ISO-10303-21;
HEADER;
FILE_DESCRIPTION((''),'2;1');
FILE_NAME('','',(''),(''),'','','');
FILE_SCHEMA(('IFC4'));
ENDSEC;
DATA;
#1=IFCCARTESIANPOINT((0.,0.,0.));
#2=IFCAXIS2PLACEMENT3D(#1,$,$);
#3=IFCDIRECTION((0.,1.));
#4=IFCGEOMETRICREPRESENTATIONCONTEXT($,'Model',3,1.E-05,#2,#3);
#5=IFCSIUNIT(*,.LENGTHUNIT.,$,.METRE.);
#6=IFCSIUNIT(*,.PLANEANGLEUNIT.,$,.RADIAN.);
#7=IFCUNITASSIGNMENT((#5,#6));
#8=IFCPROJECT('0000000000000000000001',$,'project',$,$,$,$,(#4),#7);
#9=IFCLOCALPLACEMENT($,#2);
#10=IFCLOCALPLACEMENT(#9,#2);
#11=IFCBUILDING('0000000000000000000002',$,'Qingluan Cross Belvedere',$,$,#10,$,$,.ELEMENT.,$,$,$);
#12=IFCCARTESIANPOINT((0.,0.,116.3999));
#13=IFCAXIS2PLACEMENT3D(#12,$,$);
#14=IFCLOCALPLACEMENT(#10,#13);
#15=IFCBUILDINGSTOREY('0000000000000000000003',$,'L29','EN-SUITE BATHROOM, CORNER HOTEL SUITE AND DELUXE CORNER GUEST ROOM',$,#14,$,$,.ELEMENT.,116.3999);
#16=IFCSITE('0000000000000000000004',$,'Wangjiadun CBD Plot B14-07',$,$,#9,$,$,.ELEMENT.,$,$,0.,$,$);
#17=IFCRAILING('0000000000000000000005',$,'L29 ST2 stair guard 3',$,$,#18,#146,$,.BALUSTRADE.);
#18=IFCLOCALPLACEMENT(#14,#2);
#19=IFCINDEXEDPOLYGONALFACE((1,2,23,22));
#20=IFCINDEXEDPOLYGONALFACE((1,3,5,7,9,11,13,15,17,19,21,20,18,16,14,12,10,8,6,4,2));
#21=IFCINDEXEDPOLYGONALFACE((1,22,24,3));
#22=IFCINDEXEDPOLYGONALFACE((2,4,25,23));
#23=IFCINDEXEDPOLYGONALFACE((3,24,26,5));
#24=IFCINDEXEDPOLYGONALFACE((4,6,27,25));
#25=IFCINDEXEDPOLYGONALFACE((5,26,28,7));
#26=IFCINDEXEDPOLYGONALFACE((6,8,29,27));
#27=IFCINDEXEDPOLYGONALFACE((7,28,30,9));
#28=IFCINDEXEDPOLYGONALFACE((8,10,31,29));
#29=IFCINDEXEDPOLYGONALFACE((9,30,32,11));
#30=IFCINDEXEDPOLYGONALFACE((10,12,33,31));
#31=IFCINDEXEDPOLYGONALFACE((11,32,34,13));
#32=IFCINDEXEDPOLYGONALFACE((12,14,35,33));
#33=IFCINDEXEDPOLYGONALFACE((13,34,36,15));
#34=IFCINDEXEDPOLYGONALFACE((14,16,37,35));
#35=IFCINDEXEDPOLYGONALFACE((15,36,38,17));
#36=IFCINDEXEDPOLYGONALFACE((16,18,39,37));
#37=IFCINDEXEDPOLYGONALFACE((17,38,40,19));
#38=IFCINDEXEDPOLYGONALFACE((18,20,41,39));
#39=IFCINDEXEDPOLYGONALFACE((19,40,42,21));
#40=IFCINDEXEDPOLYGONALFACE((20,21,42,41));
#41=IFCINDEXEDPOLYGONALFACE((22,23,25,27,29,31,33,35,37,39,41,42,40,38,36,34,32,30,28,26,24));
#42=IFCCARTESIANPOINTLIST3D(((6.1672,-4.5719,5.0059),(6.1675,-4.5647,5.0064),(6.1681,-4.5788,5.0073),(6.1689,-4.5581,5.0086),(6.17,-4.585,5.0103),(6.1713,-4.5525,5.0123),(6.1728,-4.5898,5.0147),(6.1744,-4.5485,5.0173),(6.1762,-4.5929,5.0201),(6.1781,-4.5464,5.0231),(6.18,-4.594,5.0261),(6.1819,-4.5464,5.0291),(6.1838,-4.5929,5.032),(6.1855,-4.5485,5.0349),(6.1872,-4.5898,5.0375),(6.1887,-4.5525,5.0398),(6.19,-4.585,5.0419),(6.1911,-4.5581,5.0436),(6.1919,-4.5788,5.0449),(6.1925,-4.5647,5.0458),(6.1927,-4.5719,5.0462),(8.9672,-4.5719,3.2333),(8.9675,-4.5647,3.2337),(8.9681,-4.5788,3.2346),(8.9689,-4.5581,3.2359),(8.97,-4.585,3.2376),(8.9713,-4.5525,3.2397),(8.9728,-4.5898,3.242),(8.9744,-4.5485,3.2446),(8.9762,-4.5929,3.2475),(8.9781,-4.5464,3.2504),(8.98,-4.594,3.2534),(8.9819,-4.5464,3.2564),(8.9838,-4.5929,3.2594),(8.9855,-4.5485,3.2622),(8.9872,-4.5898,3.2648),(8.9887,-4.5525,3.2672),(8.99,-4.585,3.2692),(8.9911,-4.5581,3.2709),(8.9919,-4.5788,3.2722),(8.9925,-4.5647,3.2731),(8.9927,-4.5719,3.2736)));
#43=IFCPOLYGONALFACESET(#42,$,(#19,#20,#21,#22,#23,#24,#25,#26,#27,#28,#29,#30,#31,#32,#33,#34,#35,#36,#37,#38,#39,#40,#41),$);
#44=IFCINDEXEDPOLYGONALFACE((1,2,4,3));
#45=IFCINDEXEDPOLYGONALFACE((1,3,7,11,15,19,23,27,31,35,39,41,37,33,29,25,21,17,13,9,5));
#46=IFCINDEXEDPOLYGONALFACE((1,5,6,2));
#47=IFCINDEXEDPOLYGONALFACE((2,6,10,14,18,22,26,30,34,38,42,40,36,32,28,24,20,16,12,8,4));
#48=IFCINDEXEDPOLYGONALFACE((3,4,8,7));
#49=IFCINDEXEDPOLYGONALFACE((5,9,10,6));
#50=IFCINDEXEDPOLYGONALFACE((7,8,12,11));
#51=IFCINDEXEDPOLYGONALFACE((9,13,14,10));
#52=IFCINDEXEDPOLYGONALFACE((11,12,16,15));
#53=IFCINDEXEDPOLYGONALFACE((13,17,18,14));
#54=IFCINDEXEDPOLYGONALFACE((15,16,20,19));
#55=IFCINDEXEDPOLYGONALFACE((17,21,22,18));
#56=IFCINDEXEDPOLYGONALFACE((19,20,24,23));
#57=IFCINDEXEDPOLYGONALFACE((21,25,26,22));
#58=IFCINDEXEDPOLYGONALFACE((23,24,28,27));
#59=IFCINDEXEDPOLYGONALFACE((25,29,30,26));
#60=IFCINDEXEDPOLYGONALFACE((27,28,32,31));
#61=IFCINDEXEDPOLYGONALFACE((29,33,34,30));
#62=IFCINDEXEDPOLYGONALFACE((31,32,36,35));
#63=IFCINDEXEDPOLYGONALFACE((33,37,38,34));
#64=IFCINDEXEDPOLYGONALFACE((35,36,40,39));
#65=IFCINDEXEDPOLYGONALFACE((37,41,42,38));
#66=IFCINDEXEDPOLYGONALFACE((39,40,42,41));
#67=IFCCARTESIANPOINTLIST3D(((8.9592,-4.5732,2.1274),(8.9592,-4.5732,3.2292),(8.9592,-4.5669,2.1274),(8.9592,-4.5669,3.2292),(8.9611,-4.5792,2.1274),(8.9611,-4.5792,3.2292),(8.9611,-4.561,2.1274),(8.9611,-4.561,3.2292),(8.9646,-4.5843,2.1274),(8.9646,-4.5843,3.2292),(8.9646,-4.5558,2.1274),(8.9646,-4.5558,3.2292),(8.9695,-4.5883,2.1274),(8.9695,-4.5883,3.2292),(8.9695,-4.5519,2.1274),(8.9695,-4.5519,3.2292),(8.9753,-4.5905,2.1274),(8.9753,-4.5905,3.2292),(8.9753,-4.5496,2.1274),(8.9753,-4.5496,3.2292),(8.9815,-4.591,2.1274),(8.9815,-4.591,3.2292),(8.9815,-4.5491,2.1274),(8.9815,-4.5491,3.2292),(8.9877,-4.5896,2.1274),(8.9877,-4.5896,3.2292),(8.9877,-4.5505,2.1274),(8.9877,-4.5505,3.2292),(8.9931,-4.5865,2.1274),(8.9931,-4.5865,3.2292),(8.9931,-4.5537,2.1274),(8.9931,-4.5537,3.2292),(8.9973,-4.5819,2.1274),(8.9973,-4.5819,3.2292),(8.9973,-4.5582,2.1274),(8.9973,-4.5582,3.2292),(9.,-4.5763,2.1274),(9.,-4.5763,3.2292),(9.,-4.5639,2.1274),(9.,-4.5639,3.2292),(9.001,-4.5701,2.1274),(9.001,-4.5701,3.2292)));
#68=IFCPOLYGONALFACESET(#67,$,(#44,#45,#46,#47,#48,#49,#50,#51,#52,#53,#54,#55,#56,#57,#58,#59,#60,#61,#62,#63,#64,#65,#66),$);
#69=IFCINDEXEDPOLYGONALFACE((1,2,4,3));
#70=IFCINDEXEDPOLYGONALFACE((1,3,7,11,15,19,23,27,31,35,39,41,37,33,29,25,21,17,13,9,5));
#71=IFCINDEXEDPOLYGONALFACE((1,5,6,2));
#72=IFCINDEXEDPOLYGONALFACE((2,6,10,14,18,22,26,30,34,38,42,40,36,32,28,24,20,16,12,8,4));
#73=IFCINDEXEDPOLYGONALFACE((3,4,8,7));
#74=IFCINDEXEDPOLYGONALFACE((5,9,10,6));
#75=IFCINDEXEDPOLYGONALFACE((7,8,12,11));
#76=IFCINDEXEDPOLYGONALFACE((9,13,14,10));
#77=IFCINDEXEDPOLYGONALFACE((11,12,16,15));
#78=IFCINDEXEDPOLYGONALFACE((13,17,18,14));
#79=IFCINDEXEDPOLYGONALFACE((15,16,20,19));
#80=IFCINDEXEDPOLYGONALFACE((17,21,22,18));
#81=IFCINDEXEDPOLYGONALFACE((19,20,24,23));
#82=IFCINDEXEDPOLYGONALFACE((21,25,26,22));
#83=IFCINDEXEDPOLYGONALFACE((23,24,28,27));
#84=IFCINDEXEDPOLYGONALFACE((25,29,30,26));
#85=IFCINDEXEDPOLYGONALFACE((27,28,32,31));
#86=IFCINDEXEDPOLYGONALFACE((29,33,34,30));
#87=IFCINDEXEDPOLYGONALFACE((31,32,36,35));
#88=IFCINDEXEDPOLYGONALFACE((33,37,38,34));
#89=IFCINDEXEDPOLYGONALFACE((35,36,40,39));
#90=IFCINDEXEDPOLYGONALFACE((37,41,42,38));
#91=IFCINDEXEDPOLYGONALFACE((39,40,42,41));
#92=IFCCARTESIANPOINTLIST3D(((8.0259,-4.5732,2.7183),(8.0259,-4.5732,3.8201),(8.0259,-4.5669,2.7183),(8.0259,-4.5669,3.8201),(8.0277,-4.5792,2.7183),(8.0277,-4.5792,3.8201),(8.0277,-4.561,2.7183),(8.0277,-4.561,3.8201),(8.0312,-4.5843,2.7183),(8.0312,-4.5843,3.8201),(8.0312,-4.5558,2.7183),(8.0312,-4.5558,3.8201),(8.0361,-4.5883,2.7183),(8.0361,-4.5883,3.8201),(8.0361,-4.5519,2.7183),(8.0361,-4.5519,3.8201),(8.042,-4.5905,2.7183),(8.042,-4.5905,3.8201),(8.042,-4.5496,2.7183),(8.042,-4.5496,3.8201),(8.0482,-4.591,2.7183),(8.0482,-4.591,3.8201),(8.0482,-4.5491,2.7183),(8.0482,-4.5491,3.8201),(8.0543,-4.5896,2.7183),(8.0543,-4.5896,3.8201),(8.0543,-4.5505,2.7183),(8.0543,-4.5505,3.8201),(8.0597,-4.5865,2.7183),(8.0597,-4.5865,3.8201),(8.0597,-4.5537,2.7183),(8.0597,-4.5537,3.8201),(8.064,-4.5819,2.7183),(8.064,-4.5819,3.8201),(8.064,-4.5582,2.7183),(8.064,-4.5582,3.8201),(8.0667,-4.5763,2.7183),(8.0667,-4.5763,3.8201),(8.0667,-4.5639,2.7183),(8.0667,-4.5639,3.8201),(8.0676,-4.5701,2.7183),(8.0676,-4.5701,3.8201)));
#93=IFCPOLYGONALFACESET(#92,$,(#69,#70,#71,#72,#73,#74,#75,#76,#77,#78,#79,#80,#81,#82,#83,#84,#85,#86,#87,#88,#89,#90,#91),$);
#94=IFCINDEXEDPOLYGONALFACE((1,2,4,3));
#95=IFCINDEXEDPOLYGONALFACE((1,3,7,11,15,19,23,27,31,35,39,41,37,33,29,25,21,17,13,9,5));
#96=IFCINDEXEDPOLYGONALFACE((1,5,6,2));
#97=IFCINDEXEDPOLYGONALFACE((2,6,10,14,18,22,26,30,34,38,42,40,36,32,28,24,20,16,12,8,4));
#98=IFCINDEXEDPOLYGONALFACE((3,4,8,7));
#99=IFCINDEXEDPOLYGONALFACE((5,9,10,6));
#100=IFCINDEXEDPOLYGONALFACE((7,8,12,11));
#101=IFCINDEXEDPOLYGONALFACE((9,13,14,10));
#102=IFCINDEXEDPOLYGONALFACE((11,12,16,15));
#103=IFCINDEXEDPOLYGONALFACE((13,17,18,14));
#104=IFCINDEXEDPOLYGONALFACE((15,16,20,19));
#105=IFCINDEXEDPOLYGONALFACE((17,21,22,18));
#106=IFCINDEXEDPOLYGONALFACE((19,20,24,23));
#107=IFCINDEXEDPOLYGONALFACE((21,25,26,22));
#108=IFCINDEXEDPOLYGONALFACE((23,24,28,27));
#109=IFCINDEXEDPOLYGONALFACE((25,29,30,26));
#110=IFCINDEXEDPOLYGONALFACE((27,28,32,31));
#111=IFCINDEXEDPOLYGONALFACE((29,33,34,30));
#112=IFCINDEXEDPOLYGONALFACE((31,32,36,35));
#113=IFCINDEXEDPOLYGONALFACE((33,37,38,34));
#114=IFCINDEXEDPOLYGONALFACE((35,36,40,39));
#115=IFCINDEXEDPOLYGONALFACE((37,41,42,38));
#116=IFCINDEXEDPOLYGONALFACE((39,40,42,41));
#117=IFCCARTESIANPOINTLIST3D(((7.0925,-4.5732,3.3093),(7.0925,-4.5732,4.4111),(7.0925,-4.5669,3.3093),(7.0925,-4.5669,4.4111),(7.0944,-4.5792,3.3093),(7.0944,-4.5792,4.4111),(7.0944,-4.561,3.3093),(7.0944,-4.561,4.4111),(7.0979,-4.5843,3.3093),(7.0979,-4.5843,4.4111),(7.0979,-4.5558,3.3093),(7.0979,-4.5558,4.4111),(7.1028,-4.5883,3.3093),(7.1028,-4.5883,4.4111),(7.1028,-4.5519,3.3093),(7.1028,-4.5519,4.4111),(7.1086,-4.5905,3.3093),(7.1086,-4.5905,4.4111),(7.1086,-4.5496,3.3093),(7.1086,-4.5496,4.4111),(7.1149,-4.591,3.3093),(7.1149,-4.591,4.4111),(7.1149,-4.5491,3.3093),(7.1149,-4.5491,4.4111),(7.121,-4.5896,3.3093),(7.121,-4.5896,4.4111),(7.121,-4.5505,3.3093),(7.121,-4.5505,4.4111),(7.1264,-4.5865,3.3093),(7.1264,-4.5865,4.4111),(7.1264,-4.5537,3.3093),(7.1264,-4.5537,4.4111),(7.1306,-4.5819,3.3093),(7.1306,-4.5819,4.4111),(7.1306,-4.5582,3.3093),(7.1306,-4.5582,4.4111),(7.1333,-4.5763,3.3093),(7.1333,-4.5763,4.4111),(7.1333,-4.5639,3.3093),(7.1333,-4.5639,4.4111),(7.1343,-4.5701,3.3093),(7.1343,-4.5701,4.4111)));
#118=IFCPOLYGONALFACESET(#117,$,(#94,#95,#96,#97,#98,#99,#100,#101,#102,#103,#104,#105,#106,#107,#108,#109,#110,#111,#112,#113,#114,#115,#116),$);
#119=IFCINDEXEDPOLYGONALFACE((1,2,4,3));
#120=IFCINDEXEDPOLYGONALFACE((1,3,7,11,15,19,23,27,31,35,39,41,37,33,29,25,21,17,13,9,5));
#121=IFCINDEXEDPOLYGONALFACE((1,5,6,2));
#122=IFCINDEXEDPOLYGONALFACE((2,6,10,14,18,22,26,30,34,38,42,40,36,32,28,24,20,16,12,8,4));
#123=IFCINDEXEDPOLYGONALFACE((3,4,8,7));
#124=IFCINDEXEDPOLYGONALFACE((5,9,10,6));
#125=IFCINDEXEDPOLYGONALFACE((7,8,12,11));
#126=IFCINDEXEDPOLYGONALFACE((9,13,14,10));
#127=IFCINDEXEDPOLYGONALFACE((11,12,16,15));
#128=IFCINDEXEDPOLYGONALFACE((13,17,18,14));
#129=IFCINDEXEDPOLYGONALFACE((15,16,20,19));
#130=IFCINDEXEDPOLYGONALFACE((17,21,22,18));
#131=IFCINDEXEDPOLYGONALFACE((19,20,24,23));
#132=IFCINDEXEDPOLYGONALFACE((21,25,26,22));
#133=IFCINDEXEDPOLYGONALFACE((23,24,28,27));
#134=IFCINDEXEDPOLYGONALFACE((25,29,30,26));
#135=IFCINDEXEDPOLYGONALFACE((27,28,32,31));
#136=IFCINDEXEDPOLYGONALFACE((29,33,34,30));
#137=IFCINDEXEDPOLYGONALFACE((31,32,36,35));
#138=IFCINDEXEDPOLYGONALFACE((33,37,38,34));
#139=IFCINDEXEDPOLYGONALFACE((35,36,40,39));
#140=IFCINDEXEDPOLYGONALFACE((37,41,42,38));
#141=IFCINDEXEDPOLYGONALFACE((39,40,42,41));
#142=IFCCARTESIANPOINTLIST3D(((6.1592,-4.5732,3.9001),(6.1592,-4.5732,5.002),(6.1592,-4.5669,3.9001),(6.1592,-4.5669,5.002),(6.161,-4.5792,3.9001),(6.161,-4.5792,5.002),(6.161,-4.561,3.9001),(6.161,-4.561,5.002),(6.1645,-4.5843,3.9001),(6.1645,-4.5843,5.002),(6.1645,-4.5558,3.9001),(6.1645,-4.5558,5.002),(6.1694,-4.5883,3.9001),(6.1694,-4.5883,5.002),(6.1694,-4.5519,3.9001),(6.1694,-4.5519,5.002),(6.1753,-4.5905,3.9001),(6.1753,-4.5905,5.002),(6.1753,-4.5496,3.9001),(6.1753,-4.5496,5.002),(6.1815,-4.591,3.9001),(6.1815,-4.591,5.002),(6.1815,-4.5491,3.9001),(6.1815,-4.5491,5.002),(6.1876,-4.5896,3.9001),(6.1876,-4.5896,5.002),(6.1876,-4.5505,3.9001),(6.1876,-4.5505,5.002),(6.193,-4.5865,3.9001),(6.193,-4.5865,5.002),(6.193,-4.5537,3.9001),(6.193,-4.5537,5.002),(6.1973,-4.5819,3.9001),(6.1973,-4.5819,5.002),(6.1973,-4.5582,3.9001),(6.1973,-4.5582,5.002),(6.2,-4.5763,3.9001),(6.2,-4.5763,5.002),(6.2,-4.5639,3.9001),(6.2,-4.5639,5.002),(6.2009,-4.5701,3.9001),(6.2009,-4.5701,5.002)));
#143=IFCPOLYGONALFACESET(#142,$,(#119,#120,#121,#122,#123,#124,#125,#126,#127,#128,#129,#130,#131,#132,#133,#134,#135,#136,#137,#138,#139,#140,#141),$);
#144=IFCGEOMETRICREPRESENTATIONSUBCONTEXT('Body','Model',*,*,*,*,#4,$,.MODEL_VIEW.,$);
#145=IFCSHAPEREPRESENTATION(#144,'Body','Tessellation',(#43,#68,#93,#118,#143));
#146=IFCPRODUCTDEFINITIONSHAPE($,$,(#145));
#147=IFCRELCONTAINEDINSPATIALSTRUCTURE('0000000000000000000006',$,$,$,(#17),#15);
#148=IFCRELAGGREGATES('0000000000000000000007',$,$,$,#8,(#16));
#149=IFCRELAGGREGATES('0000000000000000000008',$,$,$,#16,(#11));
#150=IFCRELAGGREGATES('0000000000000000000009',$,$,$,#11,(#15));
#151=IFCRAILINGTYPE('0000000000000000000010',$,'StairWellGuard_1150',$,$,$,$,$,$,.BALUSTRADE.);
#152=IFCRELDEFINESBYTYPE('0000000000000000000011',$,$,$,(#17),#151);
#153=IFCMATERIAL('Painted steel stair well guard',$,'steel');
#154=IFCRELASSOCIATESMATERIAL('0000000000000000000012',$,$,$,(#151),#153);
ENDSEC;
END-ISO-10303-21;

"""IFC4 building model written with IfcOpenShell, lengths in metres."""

from ifc_helpers import new_model, si_unit, direction, frame, origin, origin_2d, place, context, subcontext, project, spatial, circle, extrude, material, type_object, element, save


model = new_model("IFC4")

# Units and contexts
model_context = context("Model", 3, precision=1e-05, world=origin(), true_north=direction((0.0, 1.0)))
body_context = subcontext(model_context, "Body", "Model", "MODEL_VIEW")
ifc_project = project(units=[si_unit("LENGTHUNIT", "METRE"), si_unit("PLANEANGLEUNIT", "RADIAN")], contexts=[model_context])

# Site, building, storey
site_placement = place(None, origin())
site = spatial("IfcSite", under=ifc_project, at=site_placement, Name="Wangjiadun CBD Plot B14-07", CompositionType="ELEMENT", RefElevation=0.0)
building_placement = place(site_placement, origin())
building = spatial("IfcBuilding", under=site, at=building_placement, Name="Qingluan Cross Belvedere", CompositionType="ELEMENT")
storey_placement = place(building_placement, frame((0.0, 0.0, 116.3999)))
storey = spatial("IfcBuildingStorey", under=building, at=storey_placement, Name="L29", Description="EN-SUITE BATHROOM, CORNER HOTEL SUITE AND DELUXE CORNER GUEST ROOM", CompositionType="ELEMENT", Elevation=116.3999)

# Railing
ifc_material_1 = material(Name="Painted steel stair well guard", Category="steel")
railing_type_1 = type_object("IfcRailingType", Name="StairWellGuard_1150", PredefinedType="BALUSTRADE", material=ifc_material_1)
railing_1_placement = place(storey_placement, frame((8.98, -4.5701, 2.1274)))
element("IfcRailing", 1, at=railing_1_placement, inside=storey, type_object=railing_type_1, Name="L29 ST2 stair guard 3", PredefinedType="BALUSTRADE", context=body_context, shape_type="SweptSolid", body=[
    extrude(circle(Radius=0.0239, at=origin_2d()), frame((0.0, 0.0, 1.126), z_axis=(-0.844909, 0.0, 0.53491), x_axis=(0.0, -1.0, 0.0)), (0.0, 0.0, 1.0), 3.314),
    extrude(circle(Radius=0.021, at=origin_2d()), origin(), (0.0, 0.0, 1.0), 1.1018),
    extrude(circle(Radius=0.021, at=origin_2d()), frame((-0.9333, 0.0, 0.5908)), (0.0, 0.0, 1.0), 1.1018),
    extrude(circle(Radius=0.021, at=origin_2d()), frame((-1.8667, 0.0, 1.1819)), (0.0, 0.0, 1.0), 1.1018),
    extrude(circle(Radius=0.021, at=origin_2d()), frame((-2.8, 0.0, 1.7727)), (0.0, 0.0, 1.0), 1.1018),
])

save(model, "model.ifc")
